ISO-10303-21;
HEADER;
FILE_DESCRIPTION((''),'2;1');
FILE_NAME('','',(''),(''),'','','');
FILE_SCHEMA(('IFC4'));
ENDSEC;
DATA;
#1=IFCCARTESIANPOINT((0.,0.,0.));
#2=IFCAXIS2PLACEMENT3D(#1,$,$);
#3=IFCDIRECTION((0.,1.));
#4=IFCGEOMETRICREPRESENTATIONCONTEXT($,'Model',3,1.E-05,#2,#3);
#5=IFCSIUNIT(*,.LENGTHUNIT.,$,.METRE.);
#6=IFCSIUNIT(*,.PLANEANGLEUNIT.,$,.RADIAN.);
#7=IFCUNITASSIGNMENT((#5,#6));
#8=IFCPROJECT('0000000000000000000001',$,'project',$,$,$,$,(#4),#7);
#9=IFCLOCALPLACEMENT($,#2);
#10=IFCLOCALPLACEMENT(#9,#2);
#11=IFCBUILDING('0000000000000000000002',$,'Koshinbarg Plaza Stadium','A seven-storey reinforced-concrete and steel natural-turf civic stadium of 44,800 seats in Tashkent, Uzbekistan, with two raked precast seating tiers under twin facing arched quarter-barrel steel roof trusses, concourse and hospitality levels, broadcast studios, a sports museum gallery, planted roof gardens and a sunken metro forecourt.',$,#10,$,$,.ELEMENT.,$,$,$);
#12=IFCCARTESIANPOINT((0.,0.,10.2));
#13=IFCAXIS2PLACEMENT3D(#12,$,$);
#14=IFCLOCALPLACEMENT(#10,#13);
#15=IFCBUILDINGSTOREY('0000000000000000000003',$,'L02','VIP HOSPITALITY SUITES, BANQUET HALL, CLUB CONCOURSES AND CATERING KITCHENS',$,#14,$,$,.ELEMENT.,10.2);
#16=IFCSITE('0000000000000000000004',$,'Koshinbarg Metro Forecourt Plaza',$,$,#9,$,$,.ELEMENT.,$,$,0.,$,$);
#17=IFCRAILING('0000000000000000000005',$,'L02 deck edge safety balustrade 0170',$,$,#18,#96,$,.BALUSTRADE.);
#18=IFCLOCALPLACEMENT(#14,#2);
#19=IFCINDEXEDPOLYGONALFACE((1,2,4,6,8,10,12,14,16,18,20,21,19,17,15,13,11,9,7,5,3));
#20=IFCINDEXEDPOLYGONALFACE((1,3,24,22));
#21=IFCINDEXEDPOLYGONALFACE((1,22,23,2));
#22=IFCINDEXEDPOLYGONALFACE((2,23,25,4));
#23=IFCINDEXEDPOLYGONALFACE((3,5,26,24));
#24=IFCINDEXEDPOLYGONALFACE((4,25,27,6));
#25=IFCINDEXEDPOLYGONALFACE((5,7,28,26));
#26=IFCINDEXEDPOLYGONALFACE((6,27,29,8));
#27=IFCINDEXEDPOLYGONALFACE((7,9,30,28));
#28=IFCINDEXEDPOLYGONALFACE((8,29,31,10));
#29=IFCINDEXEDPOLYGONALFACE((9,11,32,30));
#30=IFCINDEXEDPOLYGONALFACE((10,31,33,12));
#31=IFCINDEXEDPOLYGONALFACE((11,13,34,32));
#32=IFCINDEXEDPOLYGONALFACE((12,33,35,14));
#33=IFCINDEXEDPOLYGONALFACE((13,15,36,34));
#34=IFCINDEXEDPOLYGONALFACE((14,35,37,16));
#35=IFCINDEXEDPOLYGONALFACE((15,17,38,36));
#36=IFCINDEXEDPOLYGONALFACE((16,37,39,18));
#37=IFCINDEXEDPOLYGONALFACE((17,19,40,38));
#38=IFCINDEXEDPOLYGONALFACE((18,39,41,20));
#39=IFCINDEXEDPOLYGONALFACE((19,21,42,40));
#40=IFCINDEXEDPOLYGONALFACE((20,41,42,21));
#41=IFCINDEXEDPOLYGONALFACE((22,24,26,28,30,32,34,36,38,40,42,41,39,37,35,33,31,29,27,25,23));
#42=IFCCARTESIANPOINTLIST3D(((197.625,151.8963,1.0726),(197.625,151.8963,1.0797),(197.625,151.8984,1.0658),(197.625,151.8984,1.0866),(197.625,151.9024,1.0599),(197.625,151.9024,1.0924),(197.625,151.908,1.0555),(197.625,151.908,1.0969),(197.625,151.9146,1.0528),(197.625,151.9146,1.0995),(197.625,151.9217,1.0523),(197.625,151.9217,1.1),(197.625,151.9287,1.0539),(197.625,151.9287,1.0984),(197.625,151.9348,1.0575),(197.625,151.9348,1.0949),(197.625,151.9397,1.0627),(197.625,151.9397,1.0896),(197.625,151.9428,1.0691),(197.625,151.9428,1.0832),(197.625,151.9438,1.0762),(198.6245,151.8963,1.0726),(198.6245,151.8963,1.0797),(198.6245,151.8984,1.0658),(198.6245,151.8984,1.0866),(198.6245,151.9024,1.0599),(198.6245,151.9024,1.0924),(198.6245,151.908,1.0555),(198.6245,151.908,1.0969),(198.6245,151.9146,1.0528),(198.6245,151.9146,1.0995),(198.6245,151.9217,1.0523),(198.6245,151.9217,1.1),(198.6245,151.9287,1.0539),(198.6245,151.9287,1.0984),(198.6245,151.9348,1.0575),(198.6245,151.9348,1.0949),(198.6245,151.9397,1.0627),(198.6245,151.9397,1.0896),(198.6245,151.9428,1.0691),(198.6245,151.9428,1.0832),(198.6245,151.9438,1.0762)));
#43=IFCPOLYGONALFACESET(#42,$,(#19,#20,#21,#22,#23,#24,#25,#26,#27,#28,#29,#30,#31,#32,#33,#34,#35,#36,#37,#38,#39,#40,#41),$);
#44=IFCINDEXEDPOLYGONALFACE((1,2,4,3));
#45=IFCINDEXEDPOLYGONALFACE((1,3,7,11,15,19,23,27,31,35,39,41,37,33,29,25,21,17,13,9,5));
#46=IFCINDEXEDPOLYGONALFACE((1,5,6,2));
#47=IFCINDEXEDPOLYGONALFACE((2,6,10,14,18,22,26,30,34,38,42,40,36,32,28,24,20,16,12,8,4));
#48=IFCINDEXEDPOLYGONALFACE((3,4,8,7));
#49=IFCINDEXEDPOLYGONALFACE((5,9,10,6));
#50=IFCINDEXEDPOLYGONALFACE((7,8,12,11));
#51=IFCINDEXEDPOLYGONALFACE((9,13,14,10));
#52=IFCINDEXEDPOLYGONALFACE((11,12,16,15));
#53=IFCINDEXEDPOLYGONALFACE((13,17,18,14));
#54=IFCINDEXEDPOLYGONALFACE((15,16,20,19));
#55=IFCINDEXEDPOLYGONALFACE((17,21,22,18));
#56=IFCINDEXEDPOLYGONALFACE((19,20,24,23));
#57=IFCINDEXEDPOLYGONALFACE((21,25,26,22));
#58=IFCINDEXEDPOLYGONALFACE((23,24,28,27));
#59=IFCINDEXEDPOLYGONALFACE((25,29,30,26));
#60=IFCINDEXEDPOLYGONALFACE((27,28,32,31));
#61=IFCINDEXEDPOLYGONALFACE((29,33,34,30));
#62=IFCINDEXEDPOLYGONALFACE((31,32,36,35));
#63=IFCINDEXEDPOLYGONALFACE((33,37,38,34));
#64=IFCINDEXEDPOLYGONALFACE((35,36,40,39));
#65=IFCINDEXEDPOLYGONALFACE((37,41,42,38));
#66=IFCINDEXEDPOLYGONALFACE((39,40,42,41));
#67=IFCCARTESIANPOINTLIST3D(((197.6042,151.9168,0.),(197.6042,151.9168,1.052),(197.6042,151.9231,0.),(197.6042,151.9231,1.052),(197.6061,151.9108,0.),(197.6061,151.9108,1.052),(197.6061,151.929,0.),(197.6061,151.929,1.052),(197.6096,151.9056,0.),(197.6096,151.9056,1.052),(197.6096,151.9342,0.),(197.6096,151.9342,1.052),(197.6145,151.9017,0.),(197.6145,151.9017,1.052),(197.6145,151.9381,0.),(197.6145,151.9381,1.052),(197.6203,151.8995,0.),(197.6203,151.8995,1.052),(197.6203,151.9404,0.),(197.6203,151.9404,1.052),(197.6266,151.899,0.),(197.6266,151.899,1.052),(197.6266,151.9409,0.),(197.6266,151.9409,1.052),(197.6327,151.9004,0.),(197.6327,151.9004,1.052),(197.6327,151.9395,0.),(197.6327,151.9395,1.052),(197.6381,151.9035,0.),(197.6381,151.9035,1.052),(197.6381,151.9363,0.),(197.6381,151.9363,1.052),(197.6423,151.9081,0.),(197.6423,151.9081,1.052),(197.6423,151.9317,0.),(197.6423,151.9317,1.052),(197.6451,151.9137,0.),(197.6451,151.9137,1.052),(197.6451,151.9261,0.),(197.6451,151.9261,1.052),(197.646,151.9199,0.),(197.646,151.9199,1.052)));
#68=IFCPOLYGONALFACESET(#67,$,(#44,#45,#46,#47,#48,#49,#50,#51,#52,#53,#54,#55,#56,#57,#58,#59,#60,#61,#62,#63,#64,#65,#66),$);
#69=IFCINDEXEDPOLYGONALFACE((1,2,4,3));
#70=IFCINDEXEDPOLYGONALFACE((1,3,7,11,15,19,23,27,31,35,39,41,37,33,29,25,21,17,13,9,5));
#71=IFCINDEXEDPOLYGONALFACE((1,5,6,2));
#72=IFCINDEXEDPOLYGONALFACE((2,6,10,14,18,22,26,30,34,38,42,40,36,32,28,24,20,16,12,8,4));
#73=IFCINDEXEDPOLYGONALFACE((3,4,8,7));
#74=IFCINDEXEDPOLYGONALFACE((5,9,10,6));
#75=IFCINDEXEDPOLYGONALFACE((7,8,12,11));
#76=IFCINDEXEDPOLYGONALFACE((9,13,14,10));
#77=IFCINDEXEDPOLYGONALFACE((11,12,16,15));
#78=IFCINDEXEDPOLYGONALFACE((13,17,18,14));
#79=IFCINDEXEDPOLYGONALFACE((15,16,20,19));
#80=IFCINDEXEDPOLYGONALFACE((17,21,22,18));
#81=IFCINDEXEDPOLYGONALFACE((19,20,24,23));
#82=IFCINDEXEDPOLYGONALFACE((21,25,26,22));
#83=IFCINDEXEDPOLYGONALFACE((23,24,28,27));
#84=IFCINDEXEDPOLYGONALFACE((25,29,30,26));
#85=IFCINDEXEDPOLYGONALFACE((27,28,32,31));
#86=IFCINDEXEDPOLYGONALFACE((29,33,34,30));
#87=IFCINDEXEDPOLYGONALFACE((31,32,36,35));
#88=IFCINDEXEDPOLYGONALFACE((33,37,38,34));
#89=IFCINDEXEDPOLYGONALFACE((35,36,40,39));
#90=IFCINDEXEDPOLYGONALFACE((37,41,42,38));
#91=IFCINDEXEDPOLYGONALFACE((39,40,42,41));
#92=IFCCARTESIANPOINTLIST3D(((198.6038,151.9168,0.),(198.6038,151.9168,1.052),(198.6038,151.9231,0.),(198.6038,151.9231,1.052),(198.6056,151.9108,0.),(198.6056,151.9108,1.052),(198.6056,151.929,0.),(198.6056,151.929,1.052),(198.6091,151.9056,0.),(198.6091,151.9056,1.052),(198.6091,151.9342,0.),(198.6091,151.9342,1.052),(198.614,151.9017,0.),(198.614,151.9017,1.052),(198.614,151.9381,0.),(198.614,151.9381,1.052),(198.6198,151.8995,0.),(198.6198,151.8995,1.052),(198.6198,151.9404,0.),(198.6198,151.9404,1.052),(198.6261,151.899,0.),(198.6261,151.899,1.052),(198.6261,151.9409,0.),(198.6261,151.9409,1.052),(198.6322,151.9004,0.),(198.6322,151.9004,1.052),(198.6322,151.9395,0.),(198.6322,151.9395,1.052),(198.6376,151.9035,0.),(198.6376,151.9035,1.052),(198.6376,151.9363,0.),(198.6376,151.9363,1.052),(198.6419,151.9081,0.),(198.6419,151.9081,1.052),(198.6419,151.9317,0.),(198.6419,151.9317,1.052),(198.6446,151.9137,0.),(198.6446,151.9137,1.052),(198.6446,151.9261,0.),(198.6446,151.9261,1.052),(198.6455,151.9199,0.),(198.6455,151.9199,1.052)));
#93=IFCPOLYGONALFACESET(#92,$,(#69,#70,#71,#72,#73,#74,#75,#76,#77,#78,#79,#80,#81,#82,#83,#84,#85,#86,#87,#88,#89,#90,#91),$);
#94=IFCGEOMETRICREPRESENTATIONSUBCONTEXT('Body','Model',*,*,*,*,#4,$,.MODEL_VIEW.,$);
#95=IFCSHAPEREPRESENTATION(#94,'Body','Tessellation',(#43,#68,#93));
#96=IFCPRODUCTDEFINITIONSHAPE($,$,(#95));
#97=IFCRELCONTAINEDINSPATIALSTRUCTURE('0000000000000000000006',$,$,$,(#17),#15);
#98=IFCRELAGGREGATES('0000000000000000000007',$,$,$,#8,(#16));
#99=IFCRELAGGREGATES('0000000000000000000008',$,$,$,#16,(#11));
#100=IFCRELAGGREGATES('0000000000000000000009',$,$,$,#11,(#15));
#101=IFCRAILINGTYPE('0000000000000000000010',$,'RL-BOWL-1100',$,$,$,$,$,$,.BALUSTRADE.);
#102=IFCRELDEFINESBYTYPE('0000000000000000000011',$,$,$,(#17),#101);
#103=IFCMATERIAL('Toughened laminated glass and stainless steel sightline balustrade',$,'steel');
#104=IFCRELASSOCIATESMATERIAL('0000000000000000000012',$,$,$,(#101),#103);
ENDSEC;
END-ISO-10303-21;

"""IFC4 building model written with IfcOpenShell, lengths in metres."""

from ifc_helpers import new_model, si_unit, direction, frame, origin, origin_2d, place, context, subcontext, project, spatial, circle, extrude, material, type_object, element, save


model = new_model("IFC4")

# Units and contexts
model_context = context("Model", 3, precision=1e-05, world=origin(), true_north=direction((0.0, 1.0)))
body_context = subcontext(model_context, "Body", "Model", "MODEL_VIEW")
ifc_project = project(units=[si_unit("LENGTHUNIT", "METRE"), si_unit("PLANEANGLEUNIT", "RADIAN")], contexts=[model_context])

# Site, building, storey
site_placement = place(None, origin())
site = spatial("IfcSite", under=ifc_project, at=site_placement, Name="Koshinbarg Metro Forecourt Plaza", CompositionType="ELEMENT", RefElevation=0.0)
building_placement = place(site_placement, origin())
building = spatial("IfcBuilding", under=site, at=building_placement, Name="Koshinbarg Plaza Stadium", Description="A seven-storey reinforced-concrete and steel natural-turf civic stadium of 44,800 seats in Tashkent, Uzbekistan, with two raked precast seating tiers under twin facing arched quarter-barrel steel roof trusses, concourse and hospitality levels, broadcast studios, a sports museum gallery, planted roof gardens and a sunken metro forecourt.", CompositionType="ELEMENT")
storey_placement = place(building_placement, frame((0.0, 0.0, 10.2)))
storey = spatial("IfcBuildingStorey", under=building, at=storey_placement, Name="L02", Description="VIP HOSPITALITY SUITES, BANQUET HALL, CLUB CONCOURSES AND CATERING KITCHENS", CompositionType="ELEMENT", Elevation=10.2)

# Railing
ifc_material_1 = material(Name="Toughened laminated glass and stainless steel sightline balustrade", Category="steel")
railing_type = type_object("IfcRailingType", Name="RL-BOWL-1100", PredefinedType="BALUSTRADE", material=ifc_material_1)
for number, where, name in (
    (1, (197.625, 151.9199, 0.0), "L02 deck edge safety balustrade 0170"),
):
    element("IfcRailing", number, at=place(storey_placement, frame(where)), inside=storey, type_object=railing_type, Name=name, PredefinedType="BALUSTRADE", context=body_context, shape_type="SweptSolid", body=[
        extrude(circle(Radius=0.0239, at=origin_2d()), frame((0.0, 0.0, 1.0762), z_axis=(1.0, 0.0, 0.0), x_axis=(0.0, 1.0, 0.0)), (0.0, 0.0, 1.0), 0.9995),
        extrude(circle(Radius=0.021, at=origin_2d()), origin(), (0.0, 0.0, 1.0), 1.052),
        extrude(circle(Radius=0.021, at=origin_2d()), frame((0.9995, 0.0, 0.0)), (0.0, 0.0, 1.0), 1.052),
    ])

save(model, "model.ifc")
